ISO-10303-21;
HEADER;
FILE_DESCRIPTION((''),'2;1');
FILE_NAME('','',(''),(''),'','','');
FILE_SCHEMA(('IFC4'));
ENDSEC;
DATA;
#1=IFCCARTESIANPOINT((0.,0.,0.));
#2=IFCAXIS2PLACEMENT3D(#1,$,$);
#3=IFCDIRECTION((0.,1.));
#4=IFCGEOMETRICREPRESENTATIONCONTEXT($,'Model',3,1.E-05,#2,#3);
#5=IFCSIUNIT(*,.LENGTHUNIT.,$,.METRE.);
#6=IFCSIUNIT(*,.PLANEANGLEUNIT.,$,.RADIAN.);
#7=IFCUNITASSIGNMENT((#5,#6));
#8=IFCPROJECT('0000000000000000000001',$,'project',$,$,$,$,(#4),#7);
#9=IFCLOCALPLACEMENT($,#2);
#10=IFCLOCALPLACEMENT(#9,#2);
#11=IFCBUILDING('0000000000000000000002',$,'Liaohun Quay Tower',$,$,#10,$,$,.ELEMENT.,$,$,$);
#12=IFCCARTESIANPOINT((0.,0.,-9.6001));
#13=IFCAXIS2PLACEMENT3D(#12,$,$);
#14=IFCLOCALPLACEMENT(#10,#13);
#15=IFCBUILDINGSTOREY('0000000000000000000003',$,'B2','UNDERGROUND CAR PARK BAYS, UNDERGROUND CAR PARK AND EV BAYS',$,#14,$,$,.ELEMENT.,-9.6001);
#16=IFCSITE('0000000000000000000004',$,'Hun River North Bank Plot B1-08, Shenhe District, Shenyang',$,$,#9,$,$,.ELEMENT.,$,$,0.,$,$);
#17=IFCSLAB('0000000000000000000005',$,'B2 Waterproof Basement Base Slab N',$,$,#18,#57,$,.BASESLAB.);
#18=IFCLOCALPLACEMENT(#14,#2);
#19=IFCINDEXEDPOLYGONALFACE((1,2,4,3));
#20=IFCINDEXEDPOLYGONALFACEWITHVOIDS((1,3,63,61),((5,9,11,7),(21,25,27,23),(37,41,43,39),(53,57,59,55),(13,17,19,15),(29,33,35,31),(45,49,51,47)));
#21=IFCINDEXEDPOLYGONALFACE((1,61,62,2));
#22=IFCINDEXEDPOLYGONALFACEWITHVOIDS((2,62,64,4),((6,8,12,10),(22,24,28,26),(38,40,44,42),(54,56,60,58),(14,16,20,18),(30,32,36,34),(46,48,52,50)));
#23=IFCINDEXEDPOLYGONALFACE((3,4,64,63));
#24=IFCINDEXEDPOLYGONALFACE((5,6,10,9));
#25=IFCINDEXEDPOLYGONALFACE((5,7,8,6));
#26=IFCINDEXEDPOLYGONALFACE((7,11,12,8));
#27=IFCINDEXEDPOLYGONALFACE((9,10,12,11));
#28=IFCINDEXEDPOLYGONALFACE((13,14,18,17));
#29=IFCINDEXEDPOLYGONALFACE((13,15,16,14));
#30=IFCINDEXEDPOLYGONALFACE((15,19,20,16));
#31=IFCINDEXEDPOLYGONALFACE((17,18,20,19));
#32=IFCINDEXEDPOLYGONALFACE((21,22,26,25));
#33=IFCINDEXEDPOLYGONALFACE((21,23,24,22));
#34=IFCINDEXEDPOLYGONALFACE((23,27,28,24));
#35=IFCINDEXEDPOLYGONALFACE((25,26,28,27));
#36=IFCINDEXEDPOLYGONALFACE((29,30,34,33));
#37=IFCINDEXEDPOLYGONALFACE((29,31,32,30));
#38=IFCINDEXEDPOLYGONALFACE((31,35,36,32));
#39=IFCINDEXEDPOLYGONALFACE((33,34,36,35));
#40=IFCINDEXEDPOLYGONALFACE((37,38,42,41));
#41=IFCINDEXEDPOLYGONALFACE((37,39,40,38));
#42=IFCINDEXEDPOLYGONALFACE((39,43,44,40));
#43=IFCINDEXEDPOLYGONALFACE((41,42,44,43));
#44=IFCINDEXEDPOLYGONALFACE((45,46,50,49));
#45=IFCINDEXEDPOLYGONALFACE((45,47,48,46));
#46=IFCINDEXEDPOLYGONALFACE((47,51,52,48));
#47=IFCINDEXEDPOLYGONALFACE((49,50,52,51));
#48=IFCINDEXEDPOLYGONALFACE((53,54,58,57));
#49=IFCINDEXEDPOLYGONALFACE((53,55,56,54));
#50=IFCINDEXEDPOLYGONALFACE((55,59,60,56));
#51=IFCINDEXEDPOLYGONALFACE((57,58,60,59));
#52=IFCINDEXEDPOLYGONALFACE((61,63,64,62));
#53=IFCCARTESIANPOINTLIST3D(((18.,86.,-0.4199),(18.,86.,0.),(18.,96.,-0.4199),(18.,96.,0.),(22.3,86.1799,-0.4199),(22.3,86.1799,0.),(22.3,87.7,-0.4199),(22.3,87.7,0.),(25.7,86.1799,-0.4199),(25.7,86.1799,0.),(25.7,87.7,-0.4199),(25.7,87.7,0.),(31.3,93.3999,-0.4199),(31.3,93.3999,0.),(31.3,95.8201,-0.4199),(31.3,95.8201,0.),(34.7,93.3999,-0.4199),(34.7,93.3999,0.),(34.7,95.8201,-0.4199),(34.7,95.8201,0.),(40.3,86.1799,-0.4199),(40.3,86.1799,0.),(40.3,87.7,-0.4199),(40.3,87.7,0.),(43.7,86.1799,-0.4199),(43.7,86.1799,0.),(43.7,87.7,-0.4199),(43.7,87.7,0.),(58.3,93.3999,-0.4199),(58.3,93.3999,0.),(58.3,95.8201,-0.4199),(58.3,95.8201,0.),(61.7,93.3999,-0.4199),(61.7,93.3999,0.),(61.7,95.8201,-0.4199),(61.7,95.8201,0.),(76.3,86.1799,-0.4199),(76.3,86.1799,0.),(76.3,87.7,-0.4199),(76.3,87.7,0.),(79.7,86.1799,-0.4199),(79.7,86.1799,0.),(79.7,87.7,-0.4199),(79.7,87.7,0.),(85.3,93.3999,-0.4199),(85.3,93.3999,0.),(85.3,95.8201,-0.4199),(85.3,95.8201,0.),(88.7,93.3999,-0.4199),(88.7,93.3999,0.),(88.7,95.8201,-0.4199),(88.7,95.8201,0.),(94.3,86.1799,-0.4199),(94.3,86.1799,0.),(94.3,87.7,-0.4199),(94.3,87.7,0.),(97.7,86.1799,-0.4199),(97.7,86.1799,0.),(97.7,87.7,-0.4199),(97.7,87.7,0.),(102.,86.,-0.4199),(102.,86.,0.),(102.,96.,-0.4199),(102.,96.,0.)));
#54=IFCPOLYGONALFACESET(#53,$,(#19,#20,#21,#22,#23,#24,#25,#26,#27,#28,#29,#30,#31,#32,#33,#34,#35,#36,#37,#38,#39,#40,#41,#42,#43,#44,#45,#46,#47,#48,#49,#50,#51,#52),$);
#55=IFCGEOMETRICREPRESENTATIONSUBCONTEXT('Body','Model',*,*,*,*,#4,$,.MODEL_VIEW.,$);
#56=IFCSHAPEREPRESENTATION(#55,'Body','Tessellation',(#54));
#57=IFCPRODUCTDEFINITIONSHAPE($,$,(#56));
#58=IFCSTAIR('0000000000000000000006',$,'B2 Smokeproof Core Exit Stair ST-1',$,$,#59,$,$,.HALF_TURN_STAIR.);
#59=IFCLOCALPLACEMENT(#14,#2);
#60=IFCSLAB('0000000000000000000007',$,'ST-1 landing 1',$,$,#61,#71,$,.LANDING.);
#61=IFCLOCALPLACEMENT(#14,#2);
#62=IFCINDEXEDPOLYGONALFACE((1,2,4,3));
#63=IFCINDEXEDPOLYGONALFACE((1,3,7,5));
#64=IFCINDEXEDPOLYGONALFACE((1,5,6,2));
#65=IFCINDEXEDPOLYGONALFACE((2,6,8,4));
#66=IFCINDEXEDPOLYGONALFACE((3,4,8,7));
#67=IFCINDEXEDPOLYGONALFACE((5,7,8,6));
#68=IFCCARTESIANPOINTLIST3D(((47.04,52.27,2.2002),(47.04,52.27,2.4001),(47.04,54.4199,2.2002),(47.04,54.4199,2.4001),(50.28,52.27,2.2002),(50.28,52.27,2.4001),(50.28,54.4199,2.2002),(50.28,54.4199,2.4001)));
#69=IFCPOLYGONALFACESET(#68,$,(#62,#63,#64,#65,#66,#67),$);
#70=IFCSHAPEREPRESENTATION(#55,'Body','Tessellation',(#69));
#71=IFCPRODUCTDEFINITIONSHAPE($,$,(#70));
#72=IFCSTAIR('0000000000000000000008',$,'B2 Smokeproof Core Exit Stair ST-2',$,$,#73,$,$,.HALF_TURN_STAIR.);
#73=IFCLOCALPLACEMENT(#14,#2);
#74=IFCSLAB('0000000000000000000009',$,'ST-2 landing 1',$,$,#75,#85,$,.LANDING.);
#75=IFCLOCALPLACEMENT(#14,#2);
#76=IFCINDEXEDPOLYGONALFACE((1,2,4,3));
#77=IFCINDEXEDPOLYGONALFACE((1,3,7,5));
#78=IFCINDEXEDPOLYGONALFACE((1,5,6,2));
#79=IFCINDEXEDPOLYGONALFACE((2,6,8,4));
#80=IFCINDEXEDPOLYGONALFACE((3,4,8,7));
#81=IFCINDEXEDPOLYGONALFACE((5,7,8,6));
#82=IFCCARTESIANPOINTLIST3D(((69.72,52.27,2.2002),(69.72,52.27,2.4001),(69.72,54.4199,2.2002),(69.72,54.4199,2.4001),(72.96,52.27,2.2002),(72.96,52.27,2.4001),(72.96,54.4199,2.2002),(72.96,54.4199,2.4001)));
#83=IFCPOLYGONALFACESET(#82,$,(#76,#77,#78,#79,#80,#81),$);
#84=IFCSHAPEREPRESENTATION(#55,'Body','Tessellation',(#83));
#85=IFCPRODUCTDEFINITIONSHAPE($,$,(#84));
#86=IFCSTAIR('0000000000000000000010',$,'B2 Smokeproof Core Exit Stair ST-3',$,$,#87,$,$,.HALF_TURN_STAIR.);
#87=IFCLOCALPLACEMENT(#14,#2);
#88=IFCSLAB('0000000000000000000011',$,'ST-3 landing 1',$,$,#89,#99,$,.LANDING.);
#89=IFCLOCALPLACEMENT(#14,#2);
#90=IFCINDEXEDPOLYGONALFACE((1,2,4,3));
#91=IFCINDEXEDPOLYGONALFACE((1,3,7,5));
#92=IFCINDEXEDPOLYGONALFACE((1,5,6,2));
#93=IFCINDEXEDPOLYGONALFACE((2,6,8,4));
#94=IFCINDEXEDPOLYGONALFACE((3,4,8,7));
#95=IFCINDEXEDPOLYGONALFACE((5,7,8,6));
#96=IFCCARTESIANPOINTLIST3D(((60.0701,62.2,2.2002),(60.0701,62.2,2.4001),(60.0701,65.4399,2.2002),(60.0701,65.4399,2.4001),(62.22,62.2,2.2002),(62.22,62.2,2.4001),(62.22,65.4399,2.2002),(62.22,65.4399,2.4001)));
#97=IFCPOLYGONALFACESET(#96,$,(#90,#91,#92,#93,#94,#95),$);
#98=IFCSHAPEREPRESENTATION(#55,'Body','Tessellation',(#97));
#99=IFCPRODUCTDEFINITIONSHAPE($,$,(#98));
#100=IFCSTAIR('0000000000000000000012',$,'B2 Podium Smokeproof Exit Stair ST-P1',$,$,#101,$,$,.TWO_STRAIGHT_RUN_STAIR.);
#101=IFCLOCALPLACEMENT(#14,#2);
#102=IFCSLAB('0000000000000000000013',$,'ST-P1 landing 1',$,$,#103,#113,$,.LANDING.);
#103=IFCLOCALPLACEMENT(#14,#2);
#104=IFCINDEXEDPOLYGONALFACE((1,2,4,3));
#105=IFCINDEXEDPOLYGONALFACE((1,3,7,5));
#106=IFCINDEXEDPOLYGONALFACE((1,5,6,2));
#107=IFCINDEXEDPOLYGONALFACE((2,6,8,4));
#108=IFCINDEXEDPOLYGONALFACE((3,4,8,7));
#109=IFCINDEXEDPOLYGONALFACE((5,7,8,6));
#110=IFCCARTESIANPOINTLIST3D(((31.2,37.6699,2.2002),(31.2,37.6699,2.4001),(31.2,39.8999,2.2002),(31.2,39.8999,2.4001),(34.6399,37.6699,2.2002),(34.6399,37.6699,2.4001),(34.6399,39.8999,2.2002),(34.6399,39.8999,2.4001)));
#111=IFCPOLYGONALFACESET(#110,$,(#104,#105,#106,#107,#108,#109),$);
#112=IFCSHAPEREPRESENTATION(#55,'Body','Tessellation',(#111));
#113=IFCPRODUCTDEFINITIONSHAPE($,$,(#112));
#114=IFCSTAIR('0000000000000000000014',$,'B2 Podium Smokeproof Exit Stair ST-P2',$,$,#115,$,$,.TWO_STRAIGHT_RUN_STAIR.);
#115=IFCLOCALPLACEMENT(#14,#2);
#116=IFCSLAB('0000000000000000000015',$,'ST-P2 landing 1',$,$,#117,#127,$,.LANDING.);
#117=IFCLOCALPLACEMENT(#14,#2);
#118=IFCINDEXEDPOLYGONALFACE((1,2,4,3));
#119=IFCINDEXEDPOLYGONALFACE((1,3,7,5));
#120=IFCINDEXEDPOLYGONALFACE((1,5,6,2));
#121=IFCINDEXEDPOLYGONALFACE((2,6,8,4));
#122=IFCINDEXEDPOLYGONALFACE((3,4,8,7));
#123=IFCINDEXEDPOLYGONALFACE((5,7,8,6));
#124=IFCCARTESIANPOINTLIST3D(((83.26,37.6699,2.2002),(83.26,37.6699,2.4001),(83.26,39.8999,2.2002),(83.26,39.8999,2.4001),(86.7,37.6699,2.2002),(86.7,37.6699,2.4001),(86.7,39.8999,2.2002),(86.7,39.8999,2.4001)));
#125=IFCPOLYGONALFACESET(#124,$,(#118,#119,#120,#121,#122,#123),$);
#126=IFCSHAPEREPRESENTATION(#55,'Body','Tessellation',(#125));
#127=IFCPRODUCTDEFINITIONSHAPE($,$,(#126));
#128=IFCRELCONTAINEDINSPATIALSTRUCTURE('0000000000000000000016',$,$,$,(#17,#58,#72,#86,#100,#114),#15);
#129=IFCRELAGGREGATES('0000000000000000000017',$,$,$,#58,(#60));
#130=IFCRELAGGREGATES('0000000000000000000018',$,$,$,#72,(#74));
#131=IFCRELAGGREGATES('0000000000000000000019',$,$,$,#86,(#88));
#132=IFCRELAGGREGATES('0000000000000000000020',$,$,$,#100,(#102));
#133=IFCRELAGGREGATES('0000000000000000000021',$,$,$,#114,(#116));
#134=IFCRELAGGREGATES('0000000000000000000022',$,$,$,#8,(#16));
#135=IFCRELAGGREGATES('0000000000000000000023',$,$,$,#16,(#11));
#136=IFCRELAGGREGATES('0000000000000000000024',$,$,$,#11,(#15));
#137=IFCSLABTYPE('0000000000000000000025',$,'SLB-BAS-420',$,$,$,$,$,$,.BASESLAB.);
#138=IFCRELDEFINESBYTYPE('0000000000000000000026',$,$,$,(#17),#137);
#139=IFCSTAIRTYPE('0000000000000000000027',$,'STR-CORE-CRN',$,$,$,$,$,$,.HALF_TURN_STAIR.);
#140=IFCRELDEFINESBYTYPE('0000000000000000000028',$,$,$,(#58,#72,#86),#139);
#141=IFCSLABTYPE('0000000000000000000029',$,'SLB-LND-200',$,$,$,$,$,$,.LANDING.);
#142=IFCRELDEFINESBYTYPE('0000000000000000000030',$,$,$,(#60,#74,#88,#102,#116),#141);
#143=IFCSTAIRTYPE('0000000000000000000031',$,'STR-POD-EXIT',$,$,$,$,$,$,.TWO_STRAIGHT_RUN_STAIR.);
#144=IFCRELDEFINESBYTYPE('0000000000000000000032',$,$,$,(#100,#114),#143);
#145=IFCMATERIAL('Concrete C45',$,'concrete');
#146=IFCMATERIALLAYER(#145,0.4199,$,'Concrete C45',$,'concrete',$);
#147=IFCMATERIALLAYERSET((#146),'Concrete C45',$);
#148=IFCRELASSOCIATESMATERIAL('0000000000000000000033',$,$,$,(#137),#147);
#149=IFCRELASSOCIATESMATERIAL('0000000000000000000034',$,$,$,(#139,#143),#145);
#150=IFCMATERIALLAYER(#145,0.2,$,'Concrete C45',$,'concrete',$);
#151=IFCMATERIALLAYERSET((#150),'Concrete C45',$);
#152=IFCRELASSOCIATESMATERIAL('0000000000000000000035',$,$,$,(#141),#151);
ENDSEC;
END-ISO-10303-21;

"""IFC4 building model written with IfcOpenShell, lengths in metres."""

from ifc_helpers import new_model, si_unit, direction, frame, origin, place, context, subcontext, project, spatial, polyline, outline, extrude, material, layer, layer_set, type_object, element, aggregate, save


model = new_model("IFC4")

# Units and contexts
model_context = context("Model", 3, precision=1e-05, world=origin(), true_north=direction((0.0, 1.0)))
body_context = subcontext(model_context, "Body", "Model", "MODEL_VIEW")
ifc_project = project(units=[si_unit("LENGTHUNIT", "METRE"), si_unit("PLANEANGLEUNIT", "RADIAN")], contexts=[model_context])

# Site, building, storey
site_placement = place(None, origin())
site = spatial("IfcSite", under=ifc_project, at=site_placement, Name="Hun River North Bank Plot B1-08, Shenhe District, Shenyang", CompositionType="ELEMENT", RefElevation=0.0)
building_placement = place(site_placement, origin())
building = spatial("IfcBuilding", under=site, at=building_placement, Name="Liaohun Quay Tower", CompositionType="ELEMENT")
storey_placement = place(building_placement, frame((0.0, 0.0, -9.6001)))
storey = spatial("IfcBuildingStorey", under=building, at=storey_placement, Name="B2", Description="UNDERGROUND CAR PARK BAYS, UNDERGROUND CAR PARK AND EV BAYS", CompositionType="ELEMENT", Elevation=-9.6001)

# Shared definitions
ifc_material_1 = material(Name="Concrete C45", Category="concrete")

# Slab
ifc_layer_1 = layer(ifc_material_1, 0.4199, Name="Concrete C45", Category="concrete")
ifc_layer_set_1 = layer_set([ifc_layer_1], Name="Concrete C45")
slab_type_1 = type_object("IfcSlabType", Name="SLB-BAS-420", PredefinedType="BASESLAB", material=ifc_layer_set_1)
slab_1_placement = place(storey_placement, frame((0.0, 0.0, -0.4199)))
element("IfcSlab", 1, at=slab_1_placement, inside=storey, type_object=slab_type_1, Name="B2 Waterproof Basement Base Slab N", PredefinedType="BASESLAB", context=body_context, shape_type="SweptSolid", body=[
    extrude(outline(polyline([(18.0, 86.0), (102.0, 86.0), (102.0, 96.0), (18.0, 96.0), (18.0, 86.0)]), holes=[polyline([(25.7, 87.7), (22.3, 87.7), (22.3, 86.1799), (25.7, 86.1799), (25.7, 87.7)]), polyline([(43.7, 86.1799), (43.7, 87.7), (40.3, 87.7), (40.3, 86.1799), (43.7, 86.1799)]), polyline([(79.7, 86.1799), (79.7, 87.7), (76.3, 87.7), (76.3, 86.1799), (79.7, 86.1799)]), polyline([(97.7, 86.1799), (97.7, 87.7), (94.3, 87.7), (94.3, 86.1799), (97.7, 86.1799)]), polyline([(31.3, 95.8201), (31.3, 93.3999), (34.7, 93.3999), (34.7, 95.8201), (31.3, 95.8201)]), polyline([(58.3, 95.8201), (58.3, 93.3999), (61.7, 93.3999), (61.7, 95.8201), (58.3, 95.8201)]), polyline([(85.3, 95.8201), (85.3, 93.3999), (88.7, 93.3999), (88.7, 95.8201), (85.3, 95.8201)])]), origin(), (0.0, 0.0, 1.0), 0.4199),
])

# Stairs, slabs
stair_type_1 = type_object("IfcStairType", Name="STR-CORE-CRN", PredefinedType="HALF_TURN_STAIR", material=ifc_material_1)
stair_1_placement = place(storey_placement, origin())
stair_1 = element("IfcStair", 2, at=stair_1_placement, inside=storey, type_object=stair_type_1, Name="B2 Smokeproof Core Exit Stair ST-1", PredefinedType="HALF_TURN_STAIR")
ifc_layer_2 = layer(ifc_material_1, 0.2, Name="Concrete C45", Category="concrete")
ifc_layer_set_2 = layer_set([ifc_layer_2], Name="Concrete C45")
slab_type_2 = type_object("IfcSlabType", Name="SLB-LND-200", PredefinedType="LANDING", material=ifc_layer_set_2)
slab_2_placement = place(storey_placement, frame((0.0, 0.0, 2.2002)))
slab_2 = element("IfcSlab", 3, at=slab_2_placement, type_object=slab_type_2, Name="ST-1 landing 1", PredefinedType="LANDING", context=body_context, shape_type="SweptSolid", body=[
    extrude(outline(polyline([(50.28, 52.27), (50.28, 54.4199), (47.04, 54.4199), (47.04, 52.27), (50.28, 52.27)])), origin(), (0.0, 0.0, 1.0), 0.2),
])
aggregate(stair_1, [slab_2])
stair_2_placement = place(storey_placement, origin())
stair_2 = element("IfcStair", 4, at=stair_2_placement, inside=storey, type_object=stair_type_1, Name="B2 Smokeproof Core Exit Stair ST-2", PredefinedType="HALF_TURN_STAIR")
slab_3_placement = place(storey_placement, frame((0.0, 0.0, 2.2002)))
slab_3 = element("IfcSlab", 5, at=slab_3_placement, type_object=slab_type_2, Name="ST-2 landing 1", PredefinedType="LANDING", context=body_context, shape_type="SweptSolid", body=[
    extrude(outline(polyline([(72.96, 52.27), (72.96, 54.4199), (69.72, 54.4199), (69.72, 52.27), (72.96, 52.27)])), origin(), (0.0, 0.0, 1.0), 0.2),
])
aggregate(stair_2, [slab_3])
stair_3_placement = place(storey_placement, origin())
stair_3 = element("IfcStair", 6, at=stair_3_placement, inside=storey, type_object=stair_type_1, Name="B2 Smokeproof Core Exit Stair ST-3", PredefinedType="HALF_TURN_STAIR")
slab_4_placement = place(storey_placement, frame((0.0, 0.0, 2.2002)))
slab_4 = element("IfcSlab", 7, at=slab_4_placement, type_object=slab_type_2, Name="ST-3 landing 1", PredefinedType="LANDING", context=body_context, shape_type="SweptSolid", body=[
    extrude(outline(polyline([(60.0701, 62.2), (62.22, 62.2), (62.22, 65.4399), (60.0701, 65.4399), (60.0701, 62.2)])), origin(), (0.0, 0.0, 1.0), 0.2),
])
aggregate(stair_3, [slab_4])
stair_type_2 = type_object("IfcStairType", Name="STR-POD-EXIT", PredefinedType="TWO_STRAIGHT_RUN_STAIR", material=ifc_material_1)
stair_4_placement = place(storey_placement, origin())
stair_4 = element("IfcStair", 8, at=stair_4_placement, inside=storey, type_object=stair_type_2, Name="B2 Podium Smokeproof Exit Stair ST-P1", PredefinedType="TWO_STRAIGHT_RUN_STAIR")
slab_5_placement = place(storey_placement, frame((0.0, 0.0, 2.2002)))
slab_5 = element("IfcSlab", 9, at=slab_5_placement, type_object=slab_type_2, Name="ST-P1 landing 1", PredefinedType="LANDING", context=body_context, shape_type="SweptSolid", body=[
    extrude(outline(polyline([(34.6399, 37.6699), (34.6399, 39.8999), (31.2, 39.8999), (31.2, 37.6699), (34.6399, 37.6699)])), origin(), (0.0, 0.0, 1.0), 0.2),
])
aggregate(stair_4, [slab_5])
stair_5_placement = place(storey_placement, origin())
stair_5 = element("IfcStair", 10, at=stair_5_placement, inside=storey, type_object=stair_type_2, Name="B2 Podium Smokeproof Exit Stair ST-P2", PredefinedType="TWO_STRAIGHT_RUN_STAIR")
slab_6_placement = place(storey_placement, frame((0.0, 0.0, 2.2002)))
slab_6 = element("IfcSlab", 11, at=slab_6_placement, type_object=slab_type_2, Name="ST-P2 landing 1", PredefinedType="LANDING", context=body_context, shape_type="SweptSolid", body=[
    extrude(outline(polyline([(86.7, 37.6699), (86.7, 39.8999), (83.26, 39.8999), (83.26, 37.6699), (86.7, 37.6699)])), origin(), (0.0, 0.0, 1.0), 0.2),
])
aggregate(stair_5, [slab_6])

save(model, "model.ifc")
